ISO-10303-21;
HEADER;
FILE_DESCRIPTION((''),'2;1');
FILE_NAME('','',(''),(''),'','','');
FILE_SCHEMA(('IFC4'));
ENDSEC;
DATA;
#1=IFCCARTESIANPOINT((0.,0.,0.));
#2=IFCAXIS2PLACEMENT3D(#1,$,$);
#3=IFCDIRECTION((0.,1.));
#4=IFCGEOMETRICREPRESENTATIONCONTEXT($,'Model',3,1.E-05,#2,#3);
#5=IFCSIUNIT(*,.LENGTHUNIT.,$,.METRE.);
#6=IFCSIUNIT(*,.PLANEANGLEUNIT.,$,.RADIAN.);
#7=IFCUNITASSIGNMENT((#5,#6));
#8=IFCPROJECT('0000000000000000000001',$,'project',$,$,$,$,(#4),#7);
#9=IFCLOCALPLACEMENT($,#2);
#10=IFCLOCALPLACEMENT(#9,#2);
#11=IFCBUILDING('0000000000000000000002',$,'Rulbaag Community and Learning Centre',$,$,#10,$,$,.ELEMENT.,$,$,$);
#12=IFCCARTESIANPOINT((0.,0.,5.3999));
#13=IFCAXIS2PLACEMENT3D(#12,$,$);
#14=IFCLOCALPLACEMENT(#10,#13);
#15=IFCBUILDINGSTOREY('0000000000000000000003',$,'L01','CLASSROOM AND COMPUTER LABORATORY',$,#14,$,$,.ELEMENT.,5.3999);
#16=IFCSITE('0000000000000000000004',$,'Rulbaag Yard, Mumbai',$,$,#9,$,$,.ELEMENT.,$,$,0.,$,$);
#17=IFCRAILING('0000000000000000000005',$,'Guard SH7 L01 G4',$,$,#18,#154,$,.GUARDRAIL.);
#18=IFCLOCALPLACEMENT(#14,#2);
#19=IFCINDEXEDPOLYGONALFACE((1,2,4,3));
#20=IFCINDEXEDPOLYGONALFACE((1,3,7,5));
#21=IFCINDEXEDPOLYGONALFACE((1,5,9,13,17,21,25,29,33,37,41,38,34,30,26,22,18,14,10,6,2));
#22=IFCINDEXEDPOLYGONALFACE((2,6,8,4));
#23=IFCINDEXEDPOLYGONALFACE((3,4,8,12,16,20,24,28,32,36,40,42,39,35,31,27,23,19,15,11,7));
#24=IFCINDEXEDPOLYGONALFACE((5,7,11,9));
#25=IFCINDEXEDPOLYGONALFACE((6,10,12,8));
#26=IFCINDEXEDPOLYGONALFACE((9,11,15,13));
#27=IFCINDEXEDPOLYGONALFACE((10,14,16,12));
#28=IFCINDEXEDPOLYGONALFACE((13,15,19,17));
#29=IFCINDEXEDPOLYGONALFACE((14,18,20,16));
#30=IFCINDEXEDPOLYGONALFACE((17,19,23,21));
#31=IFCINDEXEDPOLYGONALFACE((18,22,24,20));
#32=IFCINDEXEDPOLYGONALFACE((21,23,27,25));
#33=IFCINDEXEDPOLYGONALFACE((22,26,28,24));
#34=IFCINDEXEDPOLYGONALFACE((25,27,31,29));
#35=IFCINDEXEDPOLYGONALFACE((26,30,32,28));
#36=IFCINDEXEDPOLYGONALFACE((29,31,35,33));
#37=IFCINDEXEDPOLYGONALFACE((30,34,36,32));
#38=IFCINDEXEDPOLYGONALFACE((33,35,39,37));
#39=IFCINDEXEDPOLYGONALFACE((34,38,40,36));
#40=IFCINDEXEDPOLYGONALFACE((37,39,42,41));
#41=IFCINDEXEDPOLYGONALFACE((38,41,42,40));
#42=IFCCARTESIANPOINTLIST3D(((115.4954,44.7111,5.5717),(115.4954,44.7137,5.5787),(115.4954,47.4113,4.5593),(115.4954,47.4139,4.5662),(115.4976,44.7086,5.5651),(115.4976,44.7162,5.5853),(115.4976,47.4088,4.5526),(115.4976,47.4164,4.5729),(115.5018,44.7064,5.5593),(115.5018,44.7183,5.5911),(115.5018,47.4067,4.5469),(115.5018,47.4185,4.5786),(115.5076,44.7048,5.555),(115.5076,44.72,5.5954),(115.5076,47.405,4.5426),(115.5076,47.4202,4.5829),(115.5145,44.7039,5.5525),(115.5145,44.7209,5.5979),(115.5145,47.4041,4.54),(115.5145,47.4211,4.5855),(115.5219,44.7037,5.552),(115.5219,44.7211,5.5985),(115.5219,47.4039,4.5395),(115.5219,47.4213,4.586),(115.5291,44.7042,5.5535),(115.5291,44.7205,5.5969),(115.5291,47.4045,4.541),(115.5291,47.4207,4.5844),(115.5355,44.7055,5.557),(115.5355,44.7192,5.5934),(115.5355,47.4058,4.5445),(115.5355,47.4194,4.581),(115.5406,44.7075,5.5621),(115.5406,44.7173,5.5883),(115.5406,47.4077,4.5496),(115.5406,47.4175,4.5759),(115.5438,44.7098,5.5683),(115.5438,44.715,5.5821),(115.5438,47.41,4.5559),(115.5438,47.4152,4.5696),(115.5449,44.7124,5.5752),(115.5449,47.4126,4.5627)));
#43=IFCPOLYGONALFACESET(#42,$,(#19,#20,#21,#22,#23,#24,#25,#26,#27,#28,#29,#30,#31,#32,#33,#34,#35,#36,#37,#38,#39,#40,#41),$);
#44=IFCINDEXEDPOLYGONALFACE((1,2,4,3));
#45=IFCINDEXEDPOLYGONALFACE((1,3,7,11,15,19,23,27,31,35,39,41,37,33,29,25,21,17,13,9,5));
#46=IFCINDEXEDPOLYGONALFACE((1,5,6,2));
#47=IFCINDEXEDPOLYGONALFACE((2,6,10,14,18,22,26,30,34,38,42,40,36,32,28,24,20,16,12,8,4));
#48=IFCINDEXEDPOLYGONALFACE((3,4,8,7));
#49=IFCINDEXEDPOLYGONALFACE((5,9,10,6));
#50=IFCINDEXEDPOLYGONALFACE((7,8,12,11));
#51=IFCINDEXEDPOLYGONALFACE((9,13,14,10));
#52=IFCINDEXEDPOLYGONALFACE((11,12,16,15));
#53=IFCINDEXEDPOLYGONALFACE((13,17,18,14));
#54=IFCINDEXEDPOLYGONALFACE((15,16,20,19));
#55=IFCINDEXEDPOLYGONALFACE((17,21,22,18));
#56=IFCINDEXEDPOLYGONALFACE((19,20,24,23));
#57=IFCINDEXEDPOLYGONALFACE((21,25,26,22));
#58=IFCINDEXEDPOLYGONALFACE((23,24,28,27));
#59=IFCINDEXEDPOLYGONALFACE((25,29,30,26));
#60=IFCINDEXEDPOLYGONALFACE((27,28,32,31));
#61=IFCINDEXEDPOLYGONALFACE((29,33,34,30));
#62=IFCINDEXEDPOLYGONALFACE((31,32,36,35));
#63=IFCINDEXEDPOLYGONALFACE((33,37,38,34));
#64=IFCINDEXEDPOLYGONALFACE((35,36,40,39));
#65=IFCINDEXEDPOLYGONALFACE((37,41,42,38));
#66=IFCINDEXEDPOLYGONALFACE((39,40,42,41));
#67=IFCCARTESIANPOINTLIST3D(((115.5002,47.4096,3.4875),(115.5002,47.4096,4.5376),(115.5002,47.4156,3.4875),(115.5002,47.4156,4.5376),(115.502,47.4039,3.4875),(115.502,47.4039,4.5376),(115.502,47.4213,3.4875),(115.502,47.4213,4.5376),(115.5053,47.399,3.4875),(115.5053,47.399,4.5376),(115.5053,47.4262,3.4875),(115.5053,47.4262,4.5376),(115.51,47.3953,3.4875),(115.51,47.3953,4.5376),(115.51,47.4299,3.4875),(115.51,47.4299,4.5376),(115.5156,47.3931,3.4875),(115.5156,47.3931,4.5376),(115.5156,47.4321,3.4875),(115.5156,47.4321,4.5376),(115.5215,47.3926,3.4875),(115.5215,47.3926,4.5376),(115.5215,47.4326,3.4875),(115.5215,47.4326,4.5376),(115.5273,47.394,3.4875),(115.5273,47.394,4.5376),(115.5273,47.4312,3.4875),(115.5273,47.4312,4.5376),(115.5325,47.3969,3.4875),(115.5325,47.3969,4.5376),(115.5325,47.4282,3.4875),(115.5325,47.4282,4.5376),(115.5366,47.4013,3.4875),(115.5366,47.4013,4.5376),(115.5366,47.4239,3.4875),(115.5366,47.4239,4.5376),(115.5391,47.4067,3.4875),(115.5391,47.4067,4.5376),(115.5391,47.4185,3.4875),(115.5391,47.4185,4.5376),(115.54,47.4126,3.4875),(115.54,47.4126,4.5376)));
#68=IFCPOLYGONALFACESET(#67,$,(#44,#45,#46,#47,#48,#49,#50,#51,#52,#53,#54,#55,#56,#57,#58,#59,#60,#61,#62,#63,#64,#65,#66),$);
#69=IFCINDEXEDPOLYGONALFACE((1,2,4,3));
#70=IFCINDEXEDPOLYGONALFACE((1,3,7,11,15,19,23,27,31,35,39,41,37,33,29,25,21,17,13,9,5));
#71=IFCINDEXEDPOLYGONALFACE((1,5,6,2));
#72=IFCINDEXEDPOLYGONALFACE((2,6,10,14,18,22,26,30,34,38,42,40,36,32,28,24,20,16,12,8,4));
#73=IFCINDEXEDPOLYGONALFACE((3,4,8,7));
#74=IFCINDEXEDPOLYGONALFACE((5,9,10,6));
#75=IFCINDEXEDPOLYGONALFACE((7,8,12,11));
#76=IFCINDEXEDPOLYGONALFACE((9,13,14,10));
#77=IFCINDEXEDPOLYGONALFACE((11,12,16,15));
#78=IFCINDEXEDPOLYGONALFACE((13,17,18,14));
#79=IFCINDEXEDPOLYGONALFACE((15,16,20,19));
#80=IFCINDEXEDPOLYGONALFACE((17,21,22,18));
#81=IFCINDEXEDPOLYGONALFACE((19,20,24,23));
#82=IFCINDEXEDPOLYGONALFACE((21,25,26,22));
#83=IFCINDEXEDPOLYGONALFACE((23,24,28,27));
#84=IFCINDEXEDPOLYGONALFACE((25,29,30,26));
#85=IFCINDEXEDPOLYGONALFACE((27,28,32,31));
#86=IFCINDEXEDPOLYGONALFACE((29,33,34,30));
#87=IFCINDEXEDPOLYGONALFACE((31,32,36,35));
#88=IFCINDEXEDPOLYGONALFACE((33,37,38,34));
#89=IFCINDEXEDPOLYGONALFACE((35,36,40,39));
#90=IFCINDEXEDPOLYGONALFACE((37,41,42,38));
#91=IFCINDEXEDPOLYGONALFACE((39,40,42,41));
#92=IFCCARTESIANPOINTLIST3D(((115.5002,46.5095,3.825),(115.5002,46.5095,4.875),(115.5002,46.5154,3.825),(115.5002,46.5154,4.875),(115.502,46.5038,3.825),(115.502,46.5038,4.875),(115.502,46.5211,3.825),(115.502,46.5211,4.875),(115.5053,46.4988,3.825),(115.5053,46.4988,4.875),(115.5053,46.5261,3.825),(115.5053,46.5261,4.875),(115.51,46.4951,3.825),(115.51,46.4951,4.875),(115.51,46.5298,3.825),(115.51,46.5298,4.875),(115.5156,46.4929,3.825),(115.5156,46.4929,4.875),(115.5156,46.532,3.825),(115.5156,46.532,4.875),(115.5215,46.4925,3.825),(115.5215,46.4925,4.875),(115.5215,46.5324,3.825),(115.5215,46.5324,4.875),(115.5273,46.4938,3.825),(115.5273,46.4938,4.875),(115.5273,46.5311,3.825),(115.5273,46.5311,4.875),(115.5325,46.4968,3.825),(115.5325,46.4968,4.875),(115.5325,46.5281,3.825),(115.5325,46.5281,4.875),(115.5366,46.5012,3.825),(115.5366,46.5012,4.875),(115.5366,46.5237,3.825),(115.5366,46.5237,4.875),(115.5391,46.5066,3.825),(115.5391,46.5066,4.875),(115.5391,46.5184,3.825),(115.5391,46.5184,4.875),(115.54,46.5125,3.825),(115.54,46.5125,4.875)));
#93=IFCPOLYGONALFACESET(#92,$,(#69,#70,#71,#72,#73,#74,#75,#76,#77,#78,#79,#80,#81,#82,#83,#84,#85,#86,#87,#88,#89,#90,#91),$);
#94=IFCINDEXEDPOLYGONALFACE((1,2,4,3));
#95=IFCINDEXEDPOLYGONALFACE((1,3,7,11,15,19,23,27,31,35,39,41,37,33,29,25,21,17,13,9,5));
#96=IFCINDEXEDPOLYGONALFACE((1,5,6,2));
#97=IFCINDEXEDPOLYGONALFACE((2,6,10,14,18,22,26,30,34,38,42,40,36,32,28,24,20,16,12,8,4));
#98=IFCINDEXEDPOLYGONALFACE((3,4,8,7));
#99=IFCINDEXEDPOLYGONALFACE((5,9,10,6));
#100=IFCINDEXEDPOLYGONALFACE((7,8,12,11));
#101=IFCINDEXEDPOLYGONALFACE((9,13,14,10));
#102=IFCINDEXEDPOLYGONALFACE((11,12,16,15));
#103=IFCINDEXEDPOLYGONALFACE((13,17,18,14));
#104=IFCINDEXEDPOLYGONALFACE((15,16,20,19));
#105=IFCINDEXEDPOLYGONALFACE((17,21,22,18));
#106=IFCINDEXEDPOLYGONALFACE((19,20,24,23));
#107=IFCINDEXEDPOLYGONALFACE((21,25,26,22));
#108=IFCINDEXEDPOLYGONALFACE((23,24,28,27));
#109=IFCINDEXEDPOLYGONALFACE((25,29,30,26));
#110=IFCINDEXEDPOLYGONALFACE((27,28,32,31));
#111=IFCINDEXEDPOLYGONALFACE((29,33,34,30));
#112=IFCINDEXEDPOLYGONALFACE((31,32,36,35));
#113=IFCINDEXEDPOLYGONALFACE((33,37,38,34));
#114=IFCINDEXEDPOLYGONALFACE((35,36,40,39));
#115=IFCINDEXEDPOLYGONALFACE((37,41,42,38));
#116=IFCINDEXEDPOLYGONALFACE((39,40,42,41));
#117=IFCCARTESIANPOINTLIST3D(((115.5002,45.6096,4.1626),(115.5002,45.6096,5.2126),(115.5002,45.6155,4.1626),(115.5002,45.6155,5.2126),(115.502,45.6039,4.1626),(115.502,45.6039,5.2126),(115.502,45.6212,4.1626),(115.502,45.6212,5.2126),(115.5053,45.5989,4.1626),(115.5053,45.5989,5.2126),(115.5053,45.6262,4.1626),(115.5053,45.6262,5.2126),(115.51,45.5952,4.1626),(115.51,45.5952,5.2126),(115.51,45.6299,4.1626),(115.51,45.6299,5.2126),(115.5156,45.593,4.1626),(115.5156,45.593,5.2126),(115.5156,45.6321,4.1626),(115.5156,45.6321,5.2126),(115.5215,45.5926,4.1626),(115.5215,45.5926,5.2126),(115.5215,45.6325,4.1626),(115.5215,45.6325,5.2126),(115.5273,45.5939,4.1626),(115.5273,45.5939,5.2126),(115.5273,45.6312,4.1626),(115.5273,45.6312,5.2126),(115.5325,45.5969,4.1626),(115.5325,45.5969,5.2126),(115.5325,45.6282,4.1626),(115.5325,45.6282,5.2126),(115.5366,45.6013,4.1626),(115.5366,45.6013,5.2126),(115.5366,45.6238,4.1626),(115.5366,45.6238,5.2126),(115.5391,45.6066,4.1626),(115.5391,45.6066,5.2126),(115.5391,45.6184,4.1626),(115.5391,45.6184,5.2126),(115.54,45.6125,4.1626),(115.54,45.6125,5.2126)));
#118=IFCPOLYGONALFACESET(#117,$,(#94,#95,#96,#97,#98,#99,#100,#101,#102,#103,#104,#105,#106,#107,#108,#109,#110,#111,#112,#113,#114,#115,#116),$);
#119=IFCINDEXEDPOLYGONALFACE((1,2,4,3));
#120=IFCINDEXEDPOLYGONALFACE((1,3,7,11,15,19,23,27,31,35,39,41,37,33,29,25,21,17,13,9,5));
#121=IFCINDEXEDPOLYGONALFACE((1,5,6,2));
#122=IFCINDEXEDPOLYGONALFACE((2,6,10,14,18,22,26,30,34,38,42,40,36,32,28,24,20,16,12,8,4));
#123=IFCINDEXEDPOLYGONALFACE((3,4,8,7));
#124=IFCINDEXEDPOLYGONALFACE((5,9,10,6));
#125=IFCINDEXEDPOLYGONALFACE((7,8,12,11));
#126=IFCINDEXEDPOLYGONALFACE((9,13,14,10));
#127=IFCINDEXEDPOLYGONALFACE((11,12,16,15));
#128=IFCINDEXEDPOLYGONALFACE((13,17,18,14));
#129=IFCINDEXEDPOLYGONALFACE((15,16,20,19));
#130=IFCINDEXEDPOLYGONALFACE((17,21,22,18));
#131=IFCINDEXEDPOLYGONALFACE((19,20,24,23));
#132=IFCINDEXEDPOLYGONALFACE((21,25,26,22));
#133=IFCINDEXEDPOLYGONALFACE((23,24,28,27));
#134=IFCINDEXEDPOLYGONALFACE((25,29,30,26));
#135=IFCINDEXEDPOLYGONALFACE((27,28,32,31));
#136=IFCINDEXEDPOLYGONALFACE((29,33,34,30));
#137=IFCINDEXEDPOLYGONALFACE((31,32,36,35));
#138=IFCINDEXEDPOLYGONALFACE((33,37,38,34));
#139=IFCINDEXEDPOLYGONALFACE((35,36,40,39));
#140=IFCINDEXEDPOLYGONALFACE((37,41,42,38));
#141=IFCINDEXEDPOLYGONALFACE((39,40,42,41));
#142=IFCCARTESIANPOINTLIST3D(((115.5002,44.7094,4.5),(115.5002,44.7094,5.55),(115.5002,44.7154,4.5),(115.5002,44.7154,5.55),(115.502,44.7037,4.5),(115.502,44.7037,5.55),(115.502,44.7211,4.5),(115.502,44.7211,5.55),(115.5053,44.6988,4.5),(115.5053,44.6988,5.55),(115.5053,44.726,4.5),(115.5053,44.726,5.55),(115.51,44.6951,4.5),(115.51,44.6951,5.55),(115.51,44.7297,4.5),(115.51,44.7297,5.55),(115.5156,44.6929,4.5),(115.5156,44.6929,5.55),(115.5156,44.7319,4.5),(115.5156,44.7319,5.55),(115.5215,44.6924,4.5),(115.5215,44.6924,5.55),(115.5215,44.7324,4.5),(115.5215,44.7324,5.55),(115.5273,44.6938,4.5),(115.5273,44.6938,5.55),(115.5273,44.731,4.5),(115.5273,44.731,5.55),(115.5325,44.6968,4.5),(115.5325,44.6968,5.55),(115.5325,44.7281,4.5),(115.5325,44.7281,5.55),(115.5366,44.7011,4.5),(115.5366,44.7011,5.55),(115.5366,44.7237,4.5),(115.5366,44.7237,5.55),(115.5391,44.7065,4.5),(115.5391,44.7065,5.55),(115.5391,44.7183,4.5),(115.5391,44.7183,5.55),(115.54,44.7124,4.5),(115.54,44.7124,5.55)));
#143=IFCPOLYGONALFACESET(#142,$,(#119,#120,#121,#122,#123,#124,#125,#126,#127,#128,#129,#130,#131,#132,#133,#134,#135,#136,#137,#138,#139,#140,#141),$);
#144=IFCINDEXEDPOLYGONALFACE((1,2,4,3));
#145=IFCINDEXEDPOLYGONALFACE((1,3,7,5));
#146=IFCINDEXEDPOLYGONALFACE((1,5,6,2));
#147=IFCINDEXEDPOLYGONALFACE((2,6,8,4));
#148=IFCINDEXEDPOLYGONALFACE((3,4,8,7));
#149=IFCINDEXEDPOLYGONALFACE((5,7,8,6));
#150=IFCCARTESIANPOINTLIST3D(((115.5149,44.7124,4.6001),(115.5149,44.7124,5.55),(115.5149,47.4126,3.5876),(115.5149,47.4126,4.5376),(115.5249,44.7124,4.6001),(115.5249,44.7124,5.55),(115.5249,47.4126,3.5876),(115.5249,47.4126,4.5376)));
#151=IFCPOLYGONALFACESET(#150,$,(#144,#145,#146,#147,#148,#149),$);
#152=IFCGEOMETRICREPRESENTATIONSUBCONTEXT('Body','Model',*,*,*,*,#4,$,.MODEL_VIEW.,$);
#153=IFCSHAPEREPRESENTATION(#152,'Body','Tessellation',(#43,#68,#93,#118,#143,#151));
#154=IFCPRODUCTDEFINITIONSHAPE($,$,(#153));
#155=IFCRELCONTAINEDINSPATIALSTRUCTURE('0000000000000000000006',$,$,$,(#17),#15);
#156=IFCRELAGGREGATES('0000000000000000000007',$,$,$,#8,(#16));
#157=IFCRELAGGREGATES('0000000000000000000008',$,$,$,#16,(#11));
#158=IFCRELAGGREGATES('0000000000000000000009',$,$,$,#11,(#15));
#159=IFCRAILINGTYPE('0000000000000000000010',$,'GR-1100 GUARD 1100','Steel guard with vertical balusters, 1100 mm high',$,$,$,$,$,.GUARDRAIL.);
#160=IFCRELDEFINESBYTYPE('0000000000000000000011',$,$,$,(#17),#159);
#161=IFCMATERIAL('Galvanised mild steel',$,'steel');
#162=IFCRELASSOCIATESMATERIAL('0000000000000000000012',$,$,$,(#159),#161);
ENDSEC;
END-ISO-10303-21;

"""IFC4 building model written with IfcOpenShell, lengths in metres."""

from ifc_helpers import new_model, si_unit, direction, frame, origin, origin_2d, place, context, subcontext, project, spatial, polyline, circle, outline, extrude, material, type_object, element, save


model = new_model("IFC4")

# Units and contexts
model_context = context("Model", 3, precision=1e-05, world=origin(), true_north=direction((0.0, 1.0)))
body_context = subcontext(model_context, "Body", "Model", "MODEL_VIEW")
ifc_project = project(units=[si_unit("LENGTHUNIT", "METRE"), si_unit("PLANEANGLEUNIT", "RADIAN")], contexts=[model_context])

# Site, building, storey
site_placement = place(None, origin())
site = spatial("IfcSite", under=ifc_project, at=site_placement, Name="Rulbaag Yard, Mumbai", CompositionType="ELEMENT", RefElevation=0.0)
building_placement = place(site_placement, origin())
building = spatial("IfcBuilding", under=site, at=building_placement, Name="Rulbaag Community and Learning Centre", CompositionType="ELEMENT")
storey_placement = place(building_placement, frame((0.0, 0.0, 5.3999)))
storey = spatial("IfcBuildingStorey", under=building, at=storey_placement, Name="L01", Description="CLASSROOM AND COMPUTER LABORATORY", CompositionType="ELEMENT", Elevation=5.3999)

# Railing
ifc_material_1 = material(Name="Galvanised mild steel", Category="steel")
railing_type = type_object("IfcRailingType", Name="GR-1100 GUARD 1100", Description="Steel guard with vertical balusters, 1100 mm high", PredefinedType="GUARDRAIL", material=ifc_material_1)
for number, where, name in (
    (1, (115.52, 47.4126, 3.4875), "Guard SH7 L01 G4"),
):
    element("IfcRailing", number, at=place(storey_placement, frame(where)), inside=storey, type_object=railing_type, Name=name, PredefinedType="GUARDRAIL", context=body_context, shape_type="SweptSolid", body=[
        extrude(circle(Radius=0.0249, at=origin_2d()), frame((0.0, 0.0, 1.0752), z_axis=(0.0, -0.936343, 0.351086), x_axis=(1.0, 0.0, 0.0)), (0.0, 0.0, 1.0), 2.8838),
        extrude(circle(Radius=0.02, at=origin_2d()), origin(), (0.0, 0.0, 1.0), 1.05),
        extrude(circle(Radius=0.02, at=origin_2d()), frame((0.0, -0.9001, 0.3374)), (0.0, 0.0, 1.0), 1.05),
        extrude(circle(Radius=0.02, at=origin_2d()), frame((0.0, -1.8, 0.675)), (0.0, 0.0, 1.0), 1.05),
        extrude(circle(Radius=0.02, at=origin_2d()), frame((0.0, -2.7002, 1.0125)), (0.0, 0.0, 1.0), 1.05),
        extrude(outline(polyline([(0.0, 0.0), (2.7002, 1.0125), (2.7002, 1.9624), (0.0, 0.95), (0.0, 0.0)])), frame((0.0049, 0.0, 0.1001), z_axis=(-1.0, 0.0, 0.0), x_axis=(0.0, -1.0, 0.0)), (0.0, 0.0, 1.0), 0.01),
    ])

save(model, "model.ifc")
